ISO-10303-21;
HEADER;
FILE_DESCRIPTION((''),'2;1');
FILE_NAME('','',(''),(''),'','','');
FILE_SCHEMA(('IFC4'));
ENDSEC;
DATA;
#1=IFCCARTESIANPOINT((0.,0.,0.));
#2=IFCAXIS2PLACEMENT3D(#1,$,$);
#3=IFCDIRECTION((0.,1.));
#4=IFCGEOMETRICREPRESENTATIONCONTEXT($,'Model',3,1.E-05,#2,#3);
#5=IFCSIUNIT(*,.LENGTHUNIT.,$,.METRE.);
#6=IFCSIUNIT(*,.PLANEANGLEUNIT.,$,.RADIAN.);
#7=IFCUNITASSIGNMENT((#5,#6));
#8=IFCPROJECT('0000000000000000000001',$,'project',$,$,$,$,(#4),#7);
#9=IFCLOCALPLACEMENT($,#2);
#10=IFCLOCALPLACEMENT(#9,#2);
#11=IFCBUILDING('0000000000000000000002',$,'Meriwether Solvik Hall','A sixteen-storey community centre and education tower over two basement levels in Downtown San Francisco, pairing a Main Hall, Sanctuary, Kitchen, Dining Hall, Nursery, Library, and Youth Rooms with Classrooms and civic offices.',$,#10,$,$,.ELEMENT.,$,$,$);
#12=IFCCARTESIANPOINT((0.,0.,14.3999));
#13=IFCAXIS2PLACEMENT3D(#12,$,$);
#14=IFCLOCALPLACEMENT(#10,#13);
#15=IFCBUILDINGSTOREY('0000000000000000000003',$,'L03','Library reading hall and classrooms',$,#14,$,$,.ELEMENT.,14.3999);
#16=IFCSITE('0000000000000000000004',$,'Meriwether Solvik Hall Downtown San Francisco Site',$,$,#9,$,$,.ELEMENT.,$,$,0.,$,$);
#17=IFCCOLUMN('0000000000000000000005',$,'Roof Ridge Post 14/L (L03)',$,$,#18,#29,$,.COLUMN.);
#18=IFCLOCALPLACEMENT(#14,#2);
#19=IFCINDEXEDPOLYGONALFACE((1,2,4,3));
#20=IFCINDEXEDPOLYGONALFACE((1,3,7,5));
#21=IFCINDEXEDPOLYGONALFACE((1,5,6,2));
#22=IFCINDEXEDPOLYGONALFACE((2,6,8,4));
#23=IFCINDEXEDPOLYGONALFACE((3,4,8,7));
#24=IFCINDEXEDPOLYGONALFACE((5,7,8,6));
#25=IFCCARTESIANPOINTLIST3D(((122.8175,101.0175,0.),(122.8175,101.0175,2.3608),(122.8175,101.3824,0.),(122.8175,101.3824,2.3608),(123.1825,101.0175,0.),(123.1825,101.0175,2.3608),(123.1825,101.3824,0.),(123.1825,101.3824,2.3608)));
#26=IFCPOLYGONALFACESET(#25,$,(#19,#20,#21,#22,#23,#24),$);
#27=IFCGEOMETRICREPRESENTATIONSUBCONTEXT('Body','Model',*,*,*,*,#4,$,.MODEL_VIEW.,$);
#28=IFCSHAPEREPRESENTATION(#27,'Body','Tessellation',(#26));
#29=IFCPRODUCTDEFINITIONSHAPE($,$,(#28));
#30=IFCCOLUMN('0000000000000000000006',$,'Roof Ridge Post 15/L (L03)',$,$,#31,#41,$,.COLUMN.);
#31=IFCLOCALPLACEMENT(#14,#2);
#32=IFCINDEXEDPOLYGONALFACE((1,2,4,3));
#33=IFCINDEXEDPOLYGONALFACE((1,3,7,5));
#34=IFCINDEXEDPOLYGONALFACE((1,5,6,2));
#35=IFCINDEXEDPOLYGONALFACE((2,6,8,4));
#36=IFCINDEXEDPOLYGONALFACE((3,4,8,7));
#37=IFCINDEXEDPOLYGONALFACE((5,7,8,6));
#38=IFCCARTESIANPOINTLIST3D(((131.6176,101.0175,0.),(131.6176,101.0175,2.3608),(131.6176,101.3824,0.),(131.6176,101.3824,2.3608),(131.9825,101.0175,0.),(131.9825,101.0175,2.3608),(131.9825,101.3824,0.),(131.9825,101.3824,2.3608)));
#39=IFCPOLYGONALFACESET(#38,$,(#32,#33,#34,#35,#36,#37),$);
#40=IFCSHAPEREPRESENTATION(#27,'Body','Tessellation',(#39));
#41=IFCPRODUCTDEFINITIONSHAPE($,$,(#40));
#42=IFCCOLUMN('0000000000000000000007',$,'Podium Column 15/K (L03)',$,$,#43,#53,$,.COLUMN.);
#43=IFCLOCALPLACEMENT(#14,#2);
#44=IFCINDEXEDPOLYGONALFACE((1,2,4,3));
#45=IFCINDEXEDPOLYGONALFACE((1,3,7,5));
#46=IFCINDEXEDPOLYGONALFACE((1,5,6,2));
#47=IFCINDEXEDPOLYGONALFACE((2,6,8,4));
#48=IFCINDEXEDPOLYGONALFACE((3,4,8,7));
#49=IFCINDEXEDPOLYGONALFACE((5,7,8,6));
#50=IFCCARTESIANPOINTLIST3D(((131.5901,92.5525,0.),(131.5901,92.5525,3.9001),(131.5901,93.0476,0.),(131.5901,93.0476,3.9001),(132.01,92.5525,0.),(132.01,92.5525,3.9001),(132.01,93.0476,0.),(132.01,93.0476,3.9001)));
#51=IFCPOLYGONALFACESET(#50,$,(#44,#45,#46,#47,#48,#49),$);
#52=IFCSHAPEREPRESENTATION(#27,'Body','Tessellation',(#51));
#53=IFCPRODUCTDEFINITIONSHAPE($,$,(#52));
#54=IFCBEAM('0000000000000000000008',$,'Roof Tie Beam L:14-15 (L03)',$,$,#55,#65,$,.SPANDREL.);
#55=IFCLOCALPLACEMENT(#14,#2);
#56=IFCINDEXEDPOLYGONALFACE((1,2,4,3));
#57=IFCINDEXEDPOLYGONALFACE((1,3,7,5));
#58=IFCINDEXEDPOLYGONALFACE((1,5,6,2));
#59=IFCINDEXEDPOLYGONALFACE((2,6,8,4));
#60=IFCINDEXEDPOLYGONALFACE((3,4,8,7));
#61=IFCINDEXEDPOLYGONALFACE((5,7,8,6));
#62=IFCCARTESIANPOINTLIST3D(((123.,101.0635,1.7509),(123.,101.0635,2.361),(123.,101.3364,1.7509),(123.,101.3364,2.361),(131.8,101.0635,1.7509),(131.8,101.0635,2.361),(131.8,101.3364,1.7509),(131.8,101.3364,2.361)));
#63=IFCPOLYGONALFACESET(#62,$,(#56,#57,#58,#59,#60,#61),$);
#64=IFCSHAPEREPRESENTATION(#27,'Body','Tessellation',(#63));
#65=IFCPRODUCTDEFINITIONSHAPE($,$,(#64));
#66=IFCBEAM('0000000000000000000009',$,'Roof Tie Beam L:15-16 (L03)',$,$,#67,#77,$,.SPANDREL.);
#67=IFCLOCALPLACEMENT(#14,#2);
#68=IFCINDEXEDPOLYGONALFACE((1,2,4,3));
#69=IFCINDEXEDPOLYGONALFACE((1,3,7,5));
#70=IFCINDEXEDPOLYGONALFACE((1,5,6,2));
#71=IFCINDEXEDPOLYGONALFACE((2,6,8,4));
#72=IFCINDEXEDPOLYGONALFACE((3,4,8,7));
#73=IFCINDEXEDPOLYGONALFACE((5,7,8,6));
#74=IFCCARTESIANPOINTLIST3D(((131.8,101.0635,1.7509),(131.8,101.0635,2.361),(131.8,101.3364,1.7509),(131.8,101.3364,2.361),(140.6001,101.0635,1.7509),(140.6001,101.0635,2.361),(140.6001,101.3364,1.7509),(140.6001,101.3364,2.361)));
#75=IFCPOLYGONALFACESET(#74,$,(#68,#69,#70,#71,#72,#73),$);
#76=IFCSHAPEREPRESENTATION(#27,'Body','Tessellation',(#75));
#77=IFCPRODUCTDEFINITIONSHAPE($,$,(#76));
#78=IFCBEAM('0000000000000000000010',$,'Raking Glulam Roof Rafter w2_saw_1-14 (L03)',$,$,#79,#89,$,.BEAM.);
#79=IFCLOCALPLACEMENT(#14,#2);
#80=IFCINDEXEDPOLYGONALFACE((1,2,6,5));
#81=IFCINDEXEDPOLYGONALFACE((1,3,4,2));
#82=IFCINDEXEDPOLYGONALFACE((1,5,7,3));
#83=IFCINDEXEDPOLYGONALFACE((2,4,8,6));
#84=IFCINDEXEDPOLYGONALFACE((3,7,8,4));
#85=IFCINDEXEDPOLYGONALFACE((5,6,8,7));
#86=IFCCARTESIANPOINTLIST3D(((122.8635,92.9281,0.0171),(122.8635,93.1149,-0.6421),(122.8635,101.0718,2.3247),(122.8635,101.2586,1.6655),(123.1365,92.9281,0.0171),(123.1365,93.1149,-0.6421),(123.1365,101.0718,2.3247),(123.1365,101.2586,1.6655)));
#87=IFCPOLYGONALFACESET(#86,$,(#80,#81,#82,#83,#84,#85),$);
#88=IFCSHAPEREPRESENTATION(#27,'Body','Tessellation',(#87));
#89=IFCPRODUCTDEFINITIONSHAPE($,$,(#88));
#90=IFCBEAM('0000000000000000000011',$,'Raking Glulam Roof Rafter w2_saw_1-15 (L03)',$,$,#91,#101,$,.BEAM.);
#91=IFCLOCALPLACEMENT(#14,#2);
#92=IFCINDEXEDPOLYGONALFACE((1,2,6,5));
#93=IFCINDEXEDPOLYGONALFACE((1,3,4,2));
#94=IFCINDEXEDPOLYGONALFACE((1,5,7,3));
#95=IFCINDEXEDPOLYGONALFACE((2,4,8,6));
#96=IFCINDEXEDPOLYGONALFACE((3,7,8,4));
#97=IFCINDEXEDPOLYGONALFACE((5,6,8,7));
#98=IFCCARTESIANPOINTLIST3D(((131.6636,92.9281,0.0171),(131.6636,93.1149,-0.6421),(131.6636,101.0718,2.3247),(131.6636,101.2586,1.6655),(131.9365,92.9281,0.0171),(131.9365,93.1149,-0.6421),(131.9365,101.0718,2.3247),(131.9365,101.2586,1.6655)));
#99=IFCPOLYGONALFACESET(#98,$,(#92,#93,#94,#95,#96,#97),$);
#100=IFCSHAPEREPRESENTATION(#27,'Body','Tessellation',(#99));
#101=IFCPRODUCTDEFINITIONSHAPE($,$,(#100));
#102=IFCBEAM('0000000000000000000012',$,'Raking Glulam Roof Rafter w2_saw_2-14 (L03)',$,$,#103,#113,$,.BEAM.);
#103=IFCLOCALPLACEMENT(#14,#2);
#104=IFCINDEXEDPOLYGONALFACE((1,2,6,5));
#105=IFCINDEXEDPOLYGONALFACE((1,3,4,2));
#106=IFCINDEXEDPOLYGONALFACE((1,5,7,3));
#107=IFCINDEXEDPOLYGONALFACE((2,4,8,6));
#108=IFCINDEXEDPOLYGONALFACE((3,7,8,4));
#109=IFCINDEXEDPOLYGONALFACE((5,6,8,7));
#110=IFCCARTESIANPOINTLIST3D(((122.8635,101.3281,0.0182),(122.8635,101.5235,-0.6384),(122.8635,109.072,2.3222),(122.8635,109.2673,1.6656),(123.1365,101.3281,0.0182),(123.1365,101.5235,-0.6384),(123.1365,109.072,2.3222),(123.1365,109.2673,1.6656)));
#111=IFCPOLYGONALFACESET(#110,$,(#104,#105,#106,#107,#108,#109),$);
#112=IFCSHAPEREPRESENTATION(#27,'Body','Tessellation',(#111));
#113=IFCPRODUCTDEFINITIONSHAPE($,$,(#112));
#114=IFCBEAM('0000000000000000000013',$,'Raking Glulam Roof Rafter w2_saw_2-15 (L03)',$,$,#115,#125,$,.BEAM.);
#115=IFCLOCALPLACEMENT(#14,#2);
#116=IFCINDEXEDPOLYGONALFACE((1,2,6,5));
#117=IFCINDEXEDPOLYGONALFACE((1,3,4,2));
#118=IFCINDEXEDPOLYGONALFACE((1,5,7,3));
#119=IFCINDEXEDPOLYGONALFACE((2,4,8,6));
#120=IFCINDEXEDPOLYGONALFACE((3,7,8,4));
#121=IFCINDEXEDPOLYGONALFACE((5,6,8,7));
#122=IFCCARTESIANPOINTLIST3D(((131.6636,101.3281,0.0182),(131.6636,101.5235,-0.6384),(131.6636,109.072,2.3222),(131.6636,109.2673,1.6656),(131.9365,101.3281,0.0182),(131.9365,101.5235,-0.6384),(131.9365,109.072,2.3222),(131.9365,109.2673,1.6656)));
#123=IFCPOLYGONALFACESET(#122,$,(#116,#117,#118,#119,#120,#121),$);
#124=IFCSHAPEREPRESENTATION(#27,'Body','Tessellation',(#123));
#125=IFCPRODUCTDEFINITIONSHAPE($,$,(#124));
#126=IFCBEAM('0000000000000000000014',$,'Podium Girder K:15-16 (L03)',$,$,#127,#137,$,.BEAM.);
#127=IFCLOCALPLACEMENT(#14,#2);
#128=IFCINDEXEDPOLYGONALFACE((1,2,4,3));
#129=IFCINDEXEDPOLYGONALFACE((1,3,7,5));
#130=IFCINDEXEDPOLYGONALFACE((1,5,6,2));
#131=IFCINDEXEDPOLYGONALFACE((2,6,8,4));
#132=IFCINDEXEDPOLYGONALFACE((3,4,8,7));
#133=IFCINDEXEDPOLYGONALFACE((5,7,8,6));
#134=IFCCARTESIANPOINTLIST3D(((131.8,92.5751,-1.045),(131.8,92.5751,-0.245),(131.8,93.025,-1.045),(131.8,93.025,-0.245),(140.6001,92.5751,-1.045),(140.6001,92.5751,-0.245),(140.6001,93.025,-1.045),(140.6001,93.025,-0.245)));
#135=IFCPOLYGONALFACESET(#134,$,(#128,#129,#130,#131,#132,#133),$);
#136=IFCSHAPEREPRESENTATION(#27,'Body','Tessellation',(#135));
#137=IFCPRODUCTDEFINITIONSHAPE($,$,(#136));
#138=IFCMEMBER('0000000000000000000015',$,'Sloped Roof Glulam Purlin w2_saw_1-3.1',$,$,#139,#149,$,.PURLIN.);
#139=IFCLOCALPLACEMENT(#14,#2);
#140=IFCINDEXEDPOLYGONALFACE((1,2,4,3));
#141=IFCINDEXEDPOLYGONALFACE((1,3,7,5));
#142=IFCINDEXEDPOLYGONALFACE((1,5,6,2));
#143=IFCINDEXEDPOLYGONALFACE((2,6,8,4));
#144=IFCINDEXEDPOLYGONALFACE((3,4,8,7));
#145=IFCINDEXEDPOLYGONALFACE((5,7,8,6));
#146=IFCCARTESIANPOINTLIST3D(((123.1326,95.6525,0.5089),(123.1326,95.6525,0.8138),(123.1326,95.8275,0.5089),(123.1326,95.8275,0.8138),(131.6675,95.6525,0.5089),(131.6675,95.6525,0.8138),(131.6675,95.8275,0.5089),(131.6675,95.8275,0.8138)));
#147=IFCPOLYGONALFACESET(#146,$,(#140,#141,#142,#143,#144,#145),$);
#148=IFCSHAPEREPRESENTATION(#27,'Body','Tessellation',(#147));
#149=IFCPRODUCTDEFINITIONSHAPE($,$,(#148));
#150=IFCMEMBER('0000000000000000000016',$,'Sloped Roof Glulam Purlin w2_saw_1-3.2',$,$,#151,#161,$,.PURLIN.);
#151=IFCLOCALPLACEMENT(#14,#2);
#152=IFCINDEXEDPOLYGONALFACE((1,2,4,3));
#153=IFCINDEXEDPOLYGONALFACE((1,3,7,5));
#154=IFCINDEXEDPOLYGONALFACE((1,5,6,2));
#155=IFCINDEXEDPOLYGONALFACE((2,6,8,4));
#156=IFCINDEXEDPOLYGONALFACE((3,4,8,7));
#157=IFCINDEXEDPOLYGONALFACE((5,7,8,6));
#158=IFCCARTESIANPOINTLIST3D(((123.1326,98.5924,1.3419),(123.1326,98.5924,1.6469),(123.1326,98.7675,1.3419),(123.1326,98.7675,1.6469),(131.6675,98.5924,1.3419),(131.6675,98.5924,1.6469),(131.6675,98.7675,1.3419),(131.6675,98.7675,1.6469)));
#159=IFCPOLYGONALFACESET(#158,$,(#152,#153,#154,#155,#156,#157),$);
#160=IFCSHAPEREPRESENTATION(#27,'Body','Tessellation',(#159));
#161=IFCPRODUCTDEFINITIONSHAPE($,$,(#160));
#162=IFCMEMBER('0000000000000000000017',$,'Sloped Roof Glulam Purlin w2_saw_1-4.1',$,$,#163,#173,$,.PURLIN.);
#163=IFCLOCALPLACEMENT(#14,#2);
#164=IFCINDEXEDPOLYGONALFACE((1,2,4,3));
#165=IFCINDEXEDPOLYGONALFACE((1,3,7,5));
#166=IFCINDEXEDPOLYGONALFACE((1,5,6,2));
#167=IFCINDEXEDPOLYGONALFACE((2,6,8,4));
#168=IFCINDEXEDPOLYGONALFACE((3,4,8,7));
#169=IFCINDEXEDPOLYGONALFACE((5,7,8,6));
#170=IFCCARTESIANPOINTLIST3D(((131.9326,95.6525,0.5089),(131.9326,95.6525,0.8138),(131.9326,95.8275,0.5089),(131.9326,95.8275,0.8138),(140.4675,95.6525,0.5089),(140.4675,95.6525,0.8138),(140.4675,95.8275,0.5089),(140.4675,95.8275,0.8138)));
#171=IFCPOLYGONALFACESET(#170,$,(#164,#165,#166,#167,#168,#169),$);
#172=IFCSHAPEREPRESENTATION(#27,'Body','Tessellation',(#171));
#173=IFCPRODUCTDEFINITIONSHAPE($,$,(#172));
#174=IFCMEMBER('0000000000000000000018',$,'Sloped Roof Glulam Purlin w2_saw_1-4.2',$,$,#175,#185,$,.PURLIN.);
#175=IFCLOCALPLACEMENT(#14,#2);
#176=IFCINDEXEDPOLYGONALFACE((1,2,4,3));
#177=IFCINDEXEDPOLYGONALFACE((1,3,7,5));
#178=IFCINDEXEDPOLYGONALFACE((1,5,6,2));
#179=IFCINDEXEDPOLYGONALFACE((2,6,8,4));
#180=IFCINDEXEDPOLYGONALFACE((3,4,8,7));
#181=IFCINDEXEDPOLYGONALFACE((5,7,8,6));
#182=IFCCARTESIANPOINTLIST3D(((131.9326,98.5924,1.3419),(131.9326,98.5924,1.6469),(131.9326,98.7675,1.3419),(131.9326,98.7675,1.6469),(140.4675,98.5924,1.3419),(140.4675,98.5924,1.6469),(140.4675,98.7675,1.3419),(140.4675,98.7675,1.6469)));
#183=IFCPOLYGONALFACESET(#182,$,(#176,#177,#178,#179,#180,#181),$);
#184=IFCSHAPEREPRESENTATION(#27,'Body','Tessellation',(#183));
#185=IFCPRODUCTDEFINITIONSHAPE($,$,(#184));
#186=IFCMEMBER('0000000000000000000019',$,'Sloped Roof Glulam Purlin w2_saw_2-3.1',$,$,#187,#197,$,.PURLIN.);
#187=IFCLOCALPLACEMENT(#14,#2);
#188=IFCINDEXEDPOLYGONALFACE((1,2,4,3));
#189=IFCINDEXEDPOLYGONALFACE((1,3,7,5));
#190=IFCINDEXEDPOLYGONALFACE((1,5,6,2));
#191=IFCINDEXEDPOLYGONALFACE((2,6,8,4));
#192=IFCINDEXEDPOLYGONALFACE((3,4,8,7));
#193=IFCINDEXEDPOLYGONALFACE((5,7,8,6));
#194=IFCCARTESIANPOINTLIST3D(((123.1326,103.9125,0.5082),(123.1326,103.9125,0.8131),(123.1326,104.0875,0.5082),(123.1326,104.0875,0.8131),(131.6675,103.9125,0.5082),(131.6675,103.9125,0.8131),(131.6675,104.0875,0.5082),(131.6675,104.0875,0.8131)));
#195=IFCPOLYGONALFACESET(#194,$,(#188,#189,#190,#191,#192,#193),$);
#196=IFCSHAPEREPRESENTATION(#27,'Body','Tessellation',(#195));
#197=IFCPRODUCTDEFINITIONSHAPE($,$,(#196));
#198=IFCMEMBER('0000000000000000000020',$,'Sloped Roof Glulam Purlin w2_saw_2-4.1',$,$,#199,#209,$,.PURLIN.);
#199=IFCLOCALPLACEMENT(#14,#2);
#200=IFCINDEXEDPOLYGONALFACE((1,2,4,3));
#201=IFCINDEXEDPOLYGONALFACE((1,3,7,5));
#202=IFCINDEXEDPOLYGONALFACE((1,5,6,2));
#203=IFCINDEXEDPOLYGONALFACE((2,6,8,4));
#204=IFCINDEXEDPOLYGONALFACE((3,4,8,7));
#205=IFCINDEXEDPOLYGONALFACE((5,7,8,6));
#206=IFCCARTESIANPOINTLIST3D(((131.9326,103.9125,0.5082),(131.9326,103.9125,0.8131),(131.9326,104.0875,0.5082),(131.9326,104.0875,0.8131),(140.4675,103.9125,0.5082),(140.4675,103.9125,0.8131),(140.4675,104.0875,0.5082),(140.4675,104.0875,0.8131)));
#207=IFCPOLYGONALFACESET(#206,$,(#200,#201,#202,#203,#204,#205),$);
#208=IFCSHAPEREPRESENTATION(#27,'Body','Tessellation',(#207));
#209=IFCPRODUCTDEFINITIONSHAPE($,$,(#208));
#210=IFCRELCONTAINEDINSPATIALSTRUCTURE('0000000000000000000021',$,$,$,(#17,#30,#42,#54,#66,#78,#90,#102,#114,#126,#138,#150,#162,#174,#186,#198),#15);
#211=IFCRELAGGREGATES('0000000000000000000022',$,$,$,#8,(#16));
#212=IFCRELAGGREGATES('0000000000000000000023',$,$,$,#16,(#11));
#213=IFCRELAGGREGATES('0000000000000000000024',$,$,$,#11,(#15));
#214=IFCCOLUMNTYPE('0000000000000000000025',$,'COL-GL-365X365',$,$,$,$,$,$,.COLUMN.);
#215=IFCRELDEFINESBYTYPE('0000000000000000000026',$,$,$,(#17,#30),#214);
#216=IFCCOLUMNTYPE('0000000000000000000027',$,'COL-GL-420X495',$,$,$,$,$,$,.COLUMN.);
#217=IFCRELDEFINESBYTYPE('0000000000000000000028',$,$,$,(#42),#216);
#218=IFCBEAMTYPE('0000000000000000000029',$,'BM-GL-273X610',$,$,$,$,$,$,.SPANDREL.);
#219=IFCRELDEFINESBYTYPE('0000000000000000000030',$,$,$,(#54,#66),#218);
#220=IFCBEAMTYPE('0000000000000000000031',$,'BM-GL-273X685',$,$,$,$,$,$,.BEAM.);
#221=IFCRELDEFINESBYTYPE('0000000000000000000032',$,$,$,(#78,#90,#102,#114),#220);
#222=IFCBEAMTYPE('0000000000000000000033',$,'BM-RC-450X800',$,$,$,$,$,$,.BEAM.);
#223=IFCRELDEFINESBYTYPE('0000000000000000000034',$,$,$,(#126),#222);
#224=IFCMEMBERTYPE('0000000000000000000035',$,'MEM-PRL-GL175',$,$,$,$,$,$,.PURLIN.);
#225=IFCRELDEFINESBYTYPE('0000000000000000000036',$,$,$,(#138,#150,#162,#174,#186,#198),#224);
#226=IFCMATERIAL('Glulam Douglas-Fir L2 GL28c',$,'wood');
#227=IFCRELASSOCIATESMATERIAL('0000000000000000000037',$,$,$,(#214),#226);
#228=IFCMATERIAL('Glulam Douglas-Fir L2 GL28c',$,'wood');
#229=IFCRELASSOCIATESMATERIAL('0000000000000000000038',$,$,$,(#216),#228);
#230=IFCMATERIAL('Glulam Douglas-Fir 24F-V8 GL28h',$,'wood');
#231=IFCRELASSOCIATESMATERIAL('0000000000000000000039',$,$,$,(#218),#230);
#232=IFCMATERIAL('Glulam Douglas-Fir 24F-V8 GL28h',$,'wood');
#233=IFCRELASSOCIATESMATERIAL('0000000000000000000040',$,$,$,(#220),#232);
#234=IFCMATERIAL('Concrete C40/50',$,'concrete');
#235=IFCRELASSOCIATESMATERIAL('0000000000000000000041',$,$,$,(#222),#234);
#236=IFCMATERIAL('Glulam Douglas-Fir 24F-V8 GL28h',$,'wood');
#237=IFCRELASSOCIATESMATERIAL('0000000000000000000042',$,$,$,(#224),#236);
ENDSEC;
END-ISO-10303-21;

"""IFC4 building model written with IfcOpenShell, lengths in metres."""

from ifc_helpers import new_model, si_unit, direction, frame, origin, origin_2d, place, context, subcontext, project, spatial, rectangle, extrude, material, material_profile, profile_set, type_object, element, save


model = new_model("IFC4")

# Units and contexts
model_context = context("Model", 3, precision=1e-05, world=origin(), true_north=direction((0.0, 1.0)))
body_context = subcontext(model_context, "Body", "Model", "MODEL_VIEW")
ifc_project = project(units=[si_unit("LENGTHUNIT", "METRE"), si_unit("PLANEANGLEUNIT", "RADIAN")], contexts=[model_context])

# Site, building, storey
site_placement = place(None, origin())
site = spatial("IfcSite", under=ifc_project, at=site_placement, Name="Meriwether Solvik Hall Downtown San Francisco Site", CompositionType="ELEMENT", RefElevation=0.0)
building_placement = place(site_placement, origin())
building = spatial("IfcBuilding", under=site, at=building_placement, Name="Meriwether Solvik Hall", Description="A sixteen-storey community centre and education tower over two basement levels in Downtown San Francisco, pairing a Main Hall, Sanctuary, Kitchen, Dining Hall, Nursery, Library, and Youth Rooms with Classrooms and civic offices.", CompositionType="ELEMENT")
storey_placement = place(building_placement, frame((0.0, 0.0, 14.3999)))
storey = spatial("IfcBuildingStorey", under=building, at=storey_placement, Name="L03", Description="Library reading hall and classrooms", CompositionType="ELEMENT", Elevation=14.3999)

# Columns
ifc_material_1 = material(Name="Glulam Douglas-Fir L2 GL28c", Category="wood")
ifc_material_profile_1 = material_profile(ifc_material_1, rectangle(XDim=0.365, YDim=0.365, at=origin_2d()), Name="GLC-365X365")
ifc_profile_set_1 = profile_set([ifc_material_profile_1], Name="Glulam Douglas-Fir L2 GL28c")
column_type_1 = type_object("IfcColumnType", Name="COL-GL-365X365", PredefinedType="COLUMN", material=ifc_profile_set_1)
for number, where, z_axis, x_axis, name in (
    (1, (123.0, 101.2, 0.0), (0.0, 0.0, 1.0), (1.0, 0.0, 0.0), "Roof Ridge Post 14/L (L03)"),
    (2, (131.8, 101.2, 0.0), (0.0, 0.0, 1.0), (1.0, 0.0, 0.0), "Roof Ridge Post 15/L (L03)"),
):
    element("IfcColumn", number, at=place(storey_placement, frame(where, z_axis=z_axis, x_axis=x_axis)), inside=storey, type_object=column_type_1, Name=name, PredefinedType="COLUMN", context=body_context, shape_type="SweptSolid", body=[
        extrude(rectangle(XDim=0.365, YDim=0.365, at=origin_2d()), origin(), (0.0, 0.0, 1.0), 2.3608),
    ])
ifc_material_2 = material(Name="Glulam Douglas-Fir L2 GL28c", Category="wood")
ifc_material_profile_2 = material_profile(ifc_material_2, rectangle(XDim=0.4199, YDim=0.4951, at=origin_2d()), Name="GLC-420X495")
ifc_profile_set_2 = profile_set([ifc_material_profile_2], Name="Glulam Douglas-Fir L2 GL28c")
column_type_2 = type_object("IfcColumnType", Name="COL-GL-420X495", PredefinedType="COLUMN", material=ifc_profile_set_2)
column_placement = place(storey_placement, frame((131.8, 92.8, 0.0), z_axis=(0.0, 0.0, 1.0), x_axis=(1.0, 0.0, 0.0)))
element("IfcColumn", 3, at=column_placement, inside=storey, type_object=column_type_2, Name="Podium Column 15/K (L03)", PredefinedType="COLUMN", context=body_context, shape_type="SweptSolid", body=[
    extrude(rectangle(XDim=0.4199, YDim=0.4951, at=origin_2d()), origin(), (0.0, 0.0, 1.0), 3.9001),
])

# Beams
ifc_material_3 = material(Name="Glulam Douglas-Fir 24F-V8 GL28h", Category="wood")
ifc_material_profile_3 = material_profile(ifc_material_3, rectangle(XDim=0.2729, YDim=0.6101, at=origin_2d()), Name="GLB-273X610")
ifc_profile_set_3 = profile_set([ifc_material_profile_3], Name="Glulam Douglas-Fir 24F-V8 GL28h")
beam_type_1 = type_object("IfcBeamType", Name="BM-GL-273X610", PredefinedType="SPANDREL", material=ifc_profile_set_3)
for number, where, z_axis, x_axis, name in (
    (4, (123.0, 101.2, 2.0559), (1.0, 0.0, 0.0), (0.0, 1.0, 0.0), "Roof Tie Beam L:14-15 (L03)"),
    (5, (131.8, 101.2, 2.0559), (1.0, 0.0, 0.0), (0.0, 1.0, 0.0), "Roof Tie Beam L:15-16 (L03)"),
):
    element("IfcBeam", number, at=place(storey_placement, frame(where, z_axis=z_axis, x_axis=x_axis)), inside=storey, type_object=beam_type_1, Name=name, PredefinedType="SPANDREL", context=body_context, shape_type="SweptSolid", body=[
        extrude(rectangle(XDim=0.2729, YDim=0.6101, at=origin_2d()), origin(), (0.0, 0.0, 1.0), 8.8),
    ])
ifc_material_4 = material(Name="Glulam Douglas-Fir 24F-V8 GL28h", Category="wood")
ifc_material_profile_4 = material_profile(ifc_material_4, rectangle(XDim=0.2729, YDim=0.6851, at=origin_2d()), Name="GLB-273X685")
ifc_profile_set_4 = profile_set([ifc_material_profile_4], Name="Glulam Douglas-Fir 24F-V8 GL28h")
beam_type_2 = type_object("IfcBeamType", Name="BM-GL-273X685", PredefinedType="BEAM", material=ifc_profile_set_4)
for number, where, z_axis, x_axis, name in (
    (6, (123.0, 93.0215, -0.3125), (0.0, 0.96212, 0.272625), (-1.0, 0.0, 0.0), "Raking Glulam Roof Rafter w2_saw_1-14 (L03)"),
    (7, (131.8, 93.0215, -0.3125), (0.0, 0.96212, 0.272625), (-1.0, 0.0, 0.0), "Raking Glulam Roof Rafter w2_saw_1-15 (L03)"),
):
    element("IfcBeam", number, at=place(storey_placement, frame(where, z_axis=z_axis, x_axis=x_axis)), inside=storey, type_object=beam_type_2, Name=name, PredefinedType="BEAM", context=body_context, shape_type="SweptSolid", body=[
        extrude(rectangle(XDim=0.2729, YDim=0.6851, at=origin_2d()), origin(), (0.0, 0.0, 1.0), 8.4644),
    ])
for number, where, z_axis, x_axis, name in (
    (8, (123.0, 101.4258, -0.3101), (0.0, 0.958478, 0.285165), (-1.0, 0.0, 0.0), "Raking Glulam Roof Rafter w2_saw_2-14 (L03)"),
    (9, (131.8, 101.4258, -0.3101), (0.0, 0.958478, 0.285165), (-1.0, 0.0, 0.0), "Raking Glulam Roof Rafter w2_saw_2-15 (L03)"),
):
    element("IfcBeam", number, at=place(storey_placement, frame(where, z_axis=z_axis, x_axis=x_axis)), inside=storey, type_object=beam_type_2, Name=name, PredefinedType="BEAM", context=body_context, shape_type="SweptSolid", body=[
        extrude(rectangle(XDim=0.2729, YDim=0.6851, at=origin_2d()), origin(), (0.0, 0.0, 1.0), 8.0793),
    ])
ifc_material_5 = material(Name="Concrete C40/50", Category="concrete")
ifc_material_profile_5 = material_profile(ifc_material_5, rectangle(XDim=0.45, YDim=0.8, at=origin_2d()), Name="RCB-450X800")
ifc_profile_set_5 = profile_set([ifc_material_profile_5], Name="Concrete C40/50")
beam_type_3 = type_object("IfcBeamType", Name="BM-RC-450X800", PredefinedType="BEAM", material=ifc_profile_set_5)
beam_placement = place(storey_placement, frame((131.8, 92.8, -0.645), z_axis=(1.0, 0.0, 0.0), x_axis=(0.0, 1.0, 0.0)))
element("IfcBeam", 10, at=beam_placement, inside=storey, type_object=beam_type_3, Name="Podium Girder K:15-16 (L03)", PredefinedType="BEAM", context=body_context, shape_type="SweptSolid", body=[
    extrude(rectangle(XDim=0.45, YDim=0.8, at=origin_2d()), origin(), (0.0, 0.0, 1.0), 8.8),
])

# Members
ifc_material_6 = material(Name="Glulam Douglas-Fir 24F-V8 GL28h", Category="wood")
ifc_material_profile_6 = material_profile(ifc_material_6, rectangle(XDim=0.175, YDim=0.3049, at=origin_2d()), Name="GLM-175X305")
ifc_profile_set_6 = profile_set([ifc_material_profile_6], Name="Glulam Douglas-Fir 24F-V8 GL28h")
member_type = type_object("IfcMemberType", Name="MEM-PRL-GL175", PredefinedType="PURLIN", material=ifc_profile_set_6)
for number, where, z_axis, x_axis, name in (
    (11, (123.1326, 95.74, 0.6614), (1.0, 0.0, 0.0), (0.0, 1.0, 0.0), "Sloped Roof Glulam Purlin w2_saw_1-3.1"),
    (12, (123.1326, 98.6799, 1.4944), (1.0, 0.0, 0.0), (0.0, 1.0, 0.0), "Sloped Roof Glulam Purlin w2_saw_1-3.2"),
    (13, (131.9326, 95.74, 0.6614), (1.0, 0.0, 0.0), (0.0, 1.0, 0.0), "Sloped Roof Glulam Purlin w2_saw_1-4.1"),
    (14, (131.9326, 98.6799, 1.4944), (1.0, 0.0, 0.0), (0.0, 1.0, 0.0), "Sloped Roof Glulam Purlin w2_saw_1-4.2"),
    (15, (123.1326, 104.0, 0.6606), (1.0, 0.0, 0.0), (0.0, 1.0, 0.0), "Sloped Roof Glulam Purlin w2_saw_2-3.1"),
    (16, (131.9326, 104.0, 0.6606), (1.0, 0.0, 0.0), (0.0, 1.0, 0.0), "Sloped Roof Glulam Purlin w2_saw_2-4.1"),
):
    element("IfcMember", number, at=place(storey_placement, frame(where, z_axis=z_axis, x_axis=x_axis)), inside=storey, type_object=member_type, Name=name, PredefinedType="PURLIN", context=body_context, shape_type="SweptSolid", body=[
        extrude(rectangle(XDim=0.175, YDim=0.3049, at=origin_2d()), origin(), (0.0, 0.0, 1.0), 8.5349),
    ])

save(model, "model.ifc")
